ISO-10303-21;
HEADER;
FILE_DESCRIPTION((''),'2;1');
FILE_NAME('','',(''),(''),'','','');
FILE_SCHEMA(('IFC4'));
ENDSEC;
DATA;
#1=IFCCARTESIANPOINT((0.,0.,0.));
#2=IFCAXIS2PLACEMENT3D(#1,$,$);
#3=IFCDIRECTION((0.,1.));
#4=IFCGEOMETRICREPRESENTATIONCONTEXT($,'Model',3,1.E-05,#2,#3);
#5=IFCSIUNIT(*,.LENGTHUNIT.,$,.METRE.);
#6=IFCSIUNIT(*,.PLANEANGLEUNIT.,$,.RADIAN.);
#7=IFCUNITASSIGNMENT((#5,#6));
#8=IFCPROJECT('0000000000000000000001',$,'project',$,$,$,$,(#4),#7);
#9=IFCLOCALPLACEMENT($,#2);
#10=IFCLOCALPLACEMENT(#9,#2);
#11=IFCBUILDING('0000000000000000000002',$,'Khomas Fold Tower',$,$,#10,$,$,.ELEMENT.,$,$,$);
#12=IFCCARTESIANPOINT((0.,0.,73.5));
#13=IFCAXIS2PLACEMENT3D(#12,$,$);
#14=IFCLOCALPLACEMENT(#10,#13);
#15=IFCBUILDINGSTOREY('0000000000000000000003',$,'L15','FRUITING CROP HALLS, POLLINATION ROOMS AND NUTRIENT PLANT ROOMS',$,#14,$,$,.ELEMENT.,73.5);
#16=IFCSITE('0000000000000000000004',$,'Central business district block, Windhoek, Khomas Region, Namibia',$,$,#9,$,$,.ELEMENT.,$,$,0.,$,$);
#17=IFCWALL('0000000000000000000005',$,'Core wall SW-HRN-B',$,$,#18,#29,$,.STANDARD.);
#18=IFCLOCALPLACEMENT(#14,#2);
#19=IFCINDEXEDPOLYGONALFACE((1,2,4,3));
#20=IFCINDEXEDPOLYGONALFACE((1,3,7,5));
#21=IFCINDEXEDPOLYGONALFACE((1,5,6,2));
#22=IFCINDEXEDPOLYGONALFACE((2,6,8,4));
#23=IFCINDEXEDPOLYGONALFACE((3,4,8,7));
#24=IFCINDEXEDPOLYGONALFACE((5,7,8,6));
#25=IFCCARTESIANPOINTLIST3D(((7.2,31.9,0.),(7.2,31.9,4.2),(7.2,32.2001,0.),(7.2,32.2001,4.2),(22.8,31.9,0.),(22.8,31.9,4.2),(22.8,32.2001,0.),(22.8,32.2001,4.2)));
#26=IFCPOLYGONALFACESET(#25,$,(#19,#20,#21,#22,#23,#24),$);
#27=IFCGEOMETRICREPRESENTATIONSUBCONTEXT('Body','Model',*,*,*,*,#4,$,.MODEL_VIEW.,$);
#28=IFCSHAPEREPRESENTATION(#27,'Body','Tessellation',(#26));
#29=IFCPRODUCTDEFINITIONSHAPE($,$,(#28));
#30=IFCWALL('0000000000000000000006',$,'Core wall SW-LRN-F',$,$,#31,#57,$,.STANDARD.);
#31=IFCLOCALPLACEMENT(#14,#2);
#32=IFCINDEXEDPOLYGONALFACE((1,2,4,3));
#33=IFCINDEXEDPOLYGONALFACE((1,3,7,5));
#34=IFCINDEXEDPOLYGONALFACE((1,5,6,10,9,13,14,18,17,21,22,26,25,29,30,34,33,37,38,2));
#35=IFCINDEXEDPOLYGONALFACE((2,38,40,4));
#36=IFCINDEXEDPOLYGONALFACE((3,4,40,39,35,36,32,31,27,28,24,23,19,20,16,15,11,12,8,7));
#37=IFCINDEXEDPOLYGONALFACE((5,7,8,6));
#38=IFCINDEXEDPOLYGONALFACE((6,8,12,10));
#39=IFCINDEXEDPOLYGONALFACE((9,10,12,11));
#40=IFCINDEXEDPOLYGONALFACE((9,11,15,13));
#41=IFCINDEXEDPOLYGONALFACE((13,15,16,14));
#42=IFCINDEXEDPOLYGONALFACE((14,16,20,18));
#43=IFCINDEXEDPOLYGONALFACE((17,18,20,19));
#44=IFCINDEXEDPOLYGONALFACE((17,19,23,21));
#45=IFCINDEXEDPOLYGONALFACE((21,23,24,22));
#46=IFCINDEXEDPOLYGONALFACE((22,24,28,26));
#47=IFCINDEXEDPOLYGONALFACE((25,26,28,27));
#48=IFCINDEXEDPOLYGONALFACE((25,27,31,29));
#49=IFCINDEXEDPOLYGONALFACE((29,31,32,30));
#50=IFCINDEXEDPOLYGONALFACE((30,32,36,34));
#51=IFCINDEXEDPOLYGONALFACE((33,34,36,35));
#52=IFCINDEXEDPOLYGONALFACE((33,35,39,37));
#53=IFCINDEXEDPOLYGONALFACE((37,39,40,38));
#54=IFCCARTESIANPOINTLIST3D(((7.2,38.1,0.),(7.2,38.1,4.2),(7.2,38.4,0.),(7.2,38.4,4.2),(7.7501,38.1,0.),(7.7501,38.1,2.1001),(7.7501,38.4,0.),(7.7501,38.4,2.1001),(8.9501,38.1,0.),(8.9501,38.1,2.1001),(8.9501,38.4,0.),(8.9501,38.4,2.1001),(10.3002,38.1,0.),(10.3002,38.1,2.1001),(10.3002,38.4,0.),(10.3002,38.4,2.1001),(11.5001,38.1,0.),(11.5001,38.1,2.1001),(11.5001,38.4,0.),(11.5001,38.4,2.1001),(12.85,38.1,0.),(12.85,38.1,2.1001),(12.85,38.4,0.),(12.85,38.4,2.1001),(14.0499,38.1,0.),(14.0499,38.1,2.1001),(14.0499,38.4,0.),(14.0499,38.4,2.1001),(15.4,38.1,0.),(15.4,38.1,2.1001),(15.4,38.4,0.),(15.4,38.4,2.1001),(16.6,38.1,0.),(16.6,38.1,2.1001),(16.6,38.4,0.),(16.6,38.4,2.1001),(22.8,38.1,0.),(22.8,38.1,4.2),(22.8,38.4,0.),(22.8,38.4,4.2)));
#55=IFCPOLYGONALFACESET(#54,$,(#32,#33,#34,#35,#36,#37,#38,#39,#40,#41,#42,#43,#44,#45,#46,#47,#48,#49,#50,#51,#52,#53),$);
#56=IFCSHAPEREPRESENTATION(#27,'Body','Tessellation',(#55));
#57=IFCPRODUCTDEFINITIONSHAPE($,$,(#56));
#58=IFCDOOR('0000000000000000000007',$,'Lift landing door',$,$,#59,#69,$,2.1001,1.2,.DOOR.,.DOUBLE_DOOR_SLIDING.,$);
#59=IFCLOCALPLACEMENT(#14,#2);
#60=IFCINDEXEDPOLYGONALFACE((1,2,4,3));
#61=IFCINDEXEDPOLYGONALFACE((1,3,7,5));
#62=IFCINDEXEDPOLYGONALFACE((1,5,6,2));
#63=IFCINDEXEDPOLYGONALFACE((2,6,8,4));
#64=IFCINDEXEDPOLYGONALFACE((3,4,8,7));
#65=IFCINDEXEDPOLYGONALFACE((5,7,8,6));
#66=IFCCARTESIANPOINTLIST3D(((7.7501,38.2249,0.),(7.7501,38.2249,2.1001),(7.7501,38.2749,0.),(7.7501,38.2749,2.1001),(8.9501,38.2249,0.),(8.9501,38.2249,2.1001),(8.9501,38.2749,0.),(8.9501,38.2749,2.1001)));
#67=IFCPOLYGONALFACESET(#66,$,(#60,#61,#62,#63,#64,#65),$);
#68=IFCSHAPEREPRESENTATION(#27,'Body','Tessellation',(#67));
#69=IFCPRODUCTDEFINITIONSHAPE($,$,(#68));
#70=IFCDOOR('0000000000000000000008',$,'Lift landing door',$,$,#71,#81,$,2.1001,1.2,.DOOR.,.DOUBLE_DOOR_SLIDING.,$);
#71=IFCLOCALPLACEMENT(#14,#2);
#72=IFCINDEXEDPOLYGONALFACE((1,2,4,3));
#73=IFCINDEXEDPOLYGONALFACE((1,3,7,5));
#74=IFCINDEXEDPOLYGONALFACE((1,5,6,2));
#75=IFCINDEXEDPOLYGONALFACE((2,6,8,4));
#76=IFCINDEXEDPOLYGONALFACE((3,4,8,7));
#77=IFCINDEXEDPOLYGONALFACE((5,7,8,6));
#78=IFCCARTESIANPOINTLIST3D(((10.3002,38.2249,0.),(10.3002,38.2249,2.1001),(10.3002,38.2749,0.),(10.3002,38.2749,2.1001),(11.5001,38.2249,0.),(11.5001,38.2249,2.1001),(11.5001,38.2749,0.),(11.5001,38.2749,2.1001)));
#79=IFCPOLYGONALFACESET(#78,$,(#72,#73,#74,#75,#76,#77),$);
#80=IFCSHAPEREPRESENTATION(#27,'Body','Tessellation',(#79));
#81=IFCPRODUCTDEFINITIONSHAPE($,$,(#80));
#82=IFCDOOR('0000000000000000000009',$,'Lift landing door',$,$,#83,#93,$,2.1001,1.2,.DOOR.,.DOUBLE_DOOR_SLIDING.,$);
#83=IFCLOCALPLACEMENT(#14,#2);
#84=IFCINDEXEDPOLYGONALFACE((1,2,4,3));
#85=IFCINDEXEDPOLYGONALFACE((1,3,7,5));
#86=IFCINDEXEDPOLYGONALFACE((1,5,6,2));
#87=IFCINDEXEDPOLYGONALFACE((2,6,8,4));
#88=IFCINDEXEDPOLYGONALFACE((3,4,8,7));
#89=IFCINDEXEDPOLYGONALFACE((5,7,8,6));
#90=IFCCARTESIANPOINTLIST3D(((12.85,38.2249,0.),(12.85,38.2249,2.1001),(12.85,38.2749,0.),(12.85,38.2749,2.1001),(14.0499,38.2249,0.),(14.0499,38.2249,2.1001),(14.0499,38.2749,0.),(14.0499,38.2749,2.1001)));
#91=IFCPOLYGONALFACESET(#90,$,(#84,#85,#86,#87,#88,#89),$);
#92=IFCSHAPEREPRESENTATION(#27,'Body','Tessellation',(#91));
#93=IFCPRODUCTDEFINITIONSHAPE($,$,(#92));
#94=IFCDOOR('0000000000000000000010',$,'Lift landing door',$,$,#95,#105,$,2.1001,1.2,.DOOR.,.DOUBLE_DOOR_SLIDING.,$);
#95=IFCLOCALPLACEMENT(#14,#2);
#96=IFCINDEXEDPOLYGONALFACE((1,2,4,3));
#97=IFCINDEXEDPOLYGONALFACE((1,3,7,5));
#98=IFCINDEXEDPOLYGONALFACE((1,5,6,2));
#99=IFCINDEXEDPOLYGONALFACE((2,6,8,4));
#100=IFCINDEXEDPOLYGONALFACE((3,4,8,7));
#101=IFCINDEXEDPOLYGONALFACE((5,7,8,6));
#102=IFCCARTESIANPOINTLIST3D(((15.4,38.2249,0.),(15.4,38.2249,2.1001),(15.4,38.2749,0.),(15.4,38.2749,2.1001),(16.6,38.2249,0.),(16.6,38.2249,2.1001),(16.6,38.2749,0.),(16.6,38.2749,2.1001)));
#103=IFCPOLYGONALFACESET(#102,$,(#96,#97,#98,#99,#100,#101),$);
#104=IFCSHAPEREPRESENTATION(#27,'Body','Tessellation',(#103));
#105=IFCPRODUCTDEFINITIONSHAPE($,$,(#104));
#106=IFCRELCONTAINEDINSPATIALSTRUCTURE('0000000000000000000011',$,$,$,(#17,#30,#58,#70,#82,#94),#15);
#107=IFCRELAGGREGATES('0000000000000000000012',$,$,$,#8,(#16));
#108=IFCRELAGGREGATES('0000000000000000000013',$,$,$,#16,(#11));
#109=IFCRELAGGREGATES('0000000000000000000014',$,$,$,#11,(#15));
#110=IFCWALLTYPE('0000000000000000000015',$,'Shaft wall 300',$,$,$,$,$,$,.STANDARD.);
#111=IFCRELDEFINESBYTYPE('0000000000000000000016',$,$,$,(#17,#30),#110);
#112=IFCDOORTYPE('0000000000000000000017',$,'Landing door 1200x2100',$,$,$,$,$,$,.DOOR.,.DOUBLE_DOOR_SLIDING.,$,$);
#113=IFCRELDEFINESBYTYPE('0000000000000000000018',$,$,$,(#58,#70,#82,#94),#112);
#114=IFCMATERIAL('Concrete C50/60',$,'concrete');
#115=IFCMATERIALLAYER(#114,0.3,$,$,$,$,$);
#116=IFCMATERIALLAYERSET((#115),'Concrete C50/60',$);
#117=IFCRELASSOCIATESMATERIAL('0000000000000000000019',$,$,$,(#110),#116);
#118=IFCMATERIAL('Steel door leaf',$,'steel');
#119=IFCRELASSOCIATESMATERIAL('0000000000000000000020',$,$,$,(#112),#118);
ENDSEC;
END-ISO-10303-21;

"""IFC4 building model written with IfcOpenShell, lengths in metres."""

from ifc_helpers import new_model, si_unit, direction, frame, frame_2d, origin, place, context, subcontext, project, spatial, rectangle, extrude, source, transform, mapped, material, layer, layer_set, type_object, element, fill, save


model = new_model("IFC4")

# Units and contexts
model_context = context("Model", 3, precision=1e-05, world=origin(), true_north=direction((0.0, 1.0)))
body_context = subcontext(model_context, "Body", "Model", "MODEL_VIEW")
ifc_project = project(units=[si_unit("LENGTHUNIT", "METRE"), si_unit("PLANEANGLEUNIT", "RADIAN")], contexts=[model_context])

# Site, building, storey
site_placement = place(None, origin())
site = spatial("IfcSite", under=ifc_project, at=site_placement, Name="Central business district block, Windhoek, Khomas Region, Namibia", CompositionType="ELEMENT", RefElevation=0.0)
building_placement = place(site_placement, origin())
building = spatial("IfcBuilding", under=site, at=building_placement, Name="Khomas Fold Tower", CompositionType="ELEMENT")
storey_placement = place(building_placement, frame((0.0, 0.0, 73.5)))
storey = spatial("IfcBuildingStorey", under=building, at=storey_placement, Name="L15", Description="FRUITING CROP HALLS, POLLINATION ROOMS AND NUTRIENT PLANT ROOMS", CompositionType="ELEMENT", Elevation=73.5)

# Wall
ifc_material_1 = material(Name="Concrete C50/60", Category="concrete")
ifc_layer_1 = layer(ifc_material_1, 0.3)
ifc_layer_set_1 = layer_set([ifc_layer_1], Name="Concrete C50/60")
wall_type_1 = type_object("IfcWallType", Name="Shaft wall 300", PredefinedType="STANDARD", material=ifc_layer_set_1)
shared_shape_1 = source(origin(), body_context, "Body", "SweptSolid", [
    extrude(rectangle(XDim=15.6001, YDim=0.3, at=frame_2d((7.8, 0.0))), origin(), (0.0, 0.0, 1.0), 4.2),
])
wall_1_placement = place(storey_placement, frame((7.2, 32.05, 0.0), z_axis=(0.0, 0.0, 1.0), x_axis=(1.0, 0.0, 0.0)))
element("IfcWall", 1, at=wall_1_placement, inside=storey, type_object=wall_type_1, Name="Core wall SW-HRN-B", PredefinedType="STANDARD", context=body_context, shape_type="MappedRepresentation", body=[
    mapped(shared_shape_1, transform((0.0, 0.0, 0.0))),
])

# Wall, openings, doors
wall_2_placement = place(storey_placement, frame((7.2, 38.25, 0.0), z_axis=(0.0, 0.0, 1.0), x_axis=(1.0, 0.0, 0.0)))
wall_2 = element("IfcWall", 2, at=wall_2_placement, inside=storey, type_object=wall_type_1, Name="Core wall SW-LRN-F", PredefinedType="STANDARD", context=body_context, shape_type="MappedRepresentation", body=[
    mapped(shared_shape_1, transform((0.0, 0.0, 0.0))),
])
shared_shape_2 = source(origin(), body_context, "Body", "SweptSolid", [
    extrude(rectangle(XDim=1.2, YDim=2.1001, at=frame_2d((0.6001, 1.05))), frame((0.0, 0.1599, 0.0), z_axis=(0.0, -1.0, 0.0), x_axis=(1.0, 0.0, 0.0)), (0.0, 0.0, 1.0), 0.3201),
])
opening_1_placement = place(wall_2_placement, frame((0.55, 0.0, 0.0)))
opening_1 = element("IfcOpeningElement", 3, at=opening_1_placement, cuts=wall_2, PredefinedType="OPENING", context=body_context, shape_type="MappedRepresentation", body=[
    mapped(shared_shape_2, transform((0.0, 0.0, 0.0))),
])
opening_2_placement = place(wall_2_placement, frame((3.1001, 0.0, 0.0)))
opening_2 = element("IfcOpeningElement", 4, at=opening_2_placement, cuts=wall_2, PredefinedType="OPENING", context=body_context, shape_type="MappedRepresentation", body=[
    mapped(shared_shape_2, transform((0.0, 0.0, 0.0))),
])
opening_3_placement = place(wall_2_placement, frame((5.6499, 0.0, 0.0)))
opening_3 = element("IfcOpeningElement", 5, at=opening_3_placement, cuts=wall_2, PredefinedType="OPENING", context=body_context, shape_type="MappedRepresentation", body=[
    mapped(shared_shape_2, transform((0.0, 0.0, 0.0))),
])
opening_4_placement = place(wall_2_placement, frame((8.2, 0.0, 0.0)))
opening_4 = element("IfcOpeningElement", 6, at=opening_4_placement, cuts=wall_2, PredefinedType="OPENING", context=body_context, shape_type="MappedRepresentation", body=[
    mapped(shared_shape_2, transform((0.0, 0.0, 0.0))),
])
ifc_material_2 = material(Name="Steel door leaf", Category="steel")
door_type_1 = type_object("IfcDoorType", Name="Landing door 1200x2100", OperationType="DOUBLE_DOOR_SLIDING", PredefinedType="DOOR", material=ifc_material_2)
shared_shape_3 = source(origin(), body_context, "Body", "SweptSolid", [
    extrude(rectangle(XDim=1.2, YDim=2.1001, at=frame_2d((0.6001, 1.05))), frame((0.0, 0.0249, 0.0), z_axis=(0.0, -1.0, 0.0), x_axis=(1.0, 0.0, 0.0)), (0.0, 0.0, 1.0), 0.05),
])
door_1_placement = place(opening_1_placement, origin())
door_1 = element("IfcDoor", 7, at=door_1_placement, inside=storey, type_object=door_type_1, Name="Lift landing door", OperationType="DOUBLE_DOOR_SLIDING", OverallHeight=2.1001, OverallWidth=1.2, PredefinedType="DOOR", context=body_context, shape_type="MappedRepresentation", body=[
    mapped(shared_shape_3, transform((0.0, 0.0, 0.0))),
])
fill(opening_1, door_1)
door_2_placement = place(opening_2_placement, origin())
door_2 = element("IfcDoor", 8, at=door_2_placement, inside=storey, type_object=door_type_1, Name="Lift landing door", OperationType="DOUBLE_DOOR_SLIDING", OverallHeight=2.1001, OverallWidth=1.2, PredefinedType="DOOR", context=body_context, shape_type="MappedRepresentation", body=[
    mapped(shared_shape_3, transform((0.0, 0.0, 0.0))),
])
fill(opening_2, door_2)
door_3_placement = place(opening_3_placement, origin())
door_3 = element("IfcDoor", 9, at=door_3_placement, inside=storey, type_object=door_type_1, Name="Lift landing door", OperationType="DOUBLE_DOOR_SLIDING", OverallHeight=2.1001, OverallWidth=1.2, PredefinedType="DOOR", context=body_context, shape_type="MappedRepresentation", body=[
    mapped(shared_shape_3, transform((0.0, 0.0, 0.0))),
])
fill(opening_3, door_3)
door_4_placement = place(opening_4_placement, origin())
door_4 = element("IfcDoor", 10, at=door_4_placement, inside=storey, type_object=door_type_1, Name="Lift landing door", OperationType="DOUBLE_DOOR_SLIDING", OverallHeight=2.1001, OverallWidth=1.2, PredefinedType="DOOR", context=body_context, shape_type="MappedRepresentation", body=[
    mapped(shared_shape_3, transform((0.0, 0.0, 0.0))),
])
fill(opening_4, door_4)

save(model, "model.ifc")
